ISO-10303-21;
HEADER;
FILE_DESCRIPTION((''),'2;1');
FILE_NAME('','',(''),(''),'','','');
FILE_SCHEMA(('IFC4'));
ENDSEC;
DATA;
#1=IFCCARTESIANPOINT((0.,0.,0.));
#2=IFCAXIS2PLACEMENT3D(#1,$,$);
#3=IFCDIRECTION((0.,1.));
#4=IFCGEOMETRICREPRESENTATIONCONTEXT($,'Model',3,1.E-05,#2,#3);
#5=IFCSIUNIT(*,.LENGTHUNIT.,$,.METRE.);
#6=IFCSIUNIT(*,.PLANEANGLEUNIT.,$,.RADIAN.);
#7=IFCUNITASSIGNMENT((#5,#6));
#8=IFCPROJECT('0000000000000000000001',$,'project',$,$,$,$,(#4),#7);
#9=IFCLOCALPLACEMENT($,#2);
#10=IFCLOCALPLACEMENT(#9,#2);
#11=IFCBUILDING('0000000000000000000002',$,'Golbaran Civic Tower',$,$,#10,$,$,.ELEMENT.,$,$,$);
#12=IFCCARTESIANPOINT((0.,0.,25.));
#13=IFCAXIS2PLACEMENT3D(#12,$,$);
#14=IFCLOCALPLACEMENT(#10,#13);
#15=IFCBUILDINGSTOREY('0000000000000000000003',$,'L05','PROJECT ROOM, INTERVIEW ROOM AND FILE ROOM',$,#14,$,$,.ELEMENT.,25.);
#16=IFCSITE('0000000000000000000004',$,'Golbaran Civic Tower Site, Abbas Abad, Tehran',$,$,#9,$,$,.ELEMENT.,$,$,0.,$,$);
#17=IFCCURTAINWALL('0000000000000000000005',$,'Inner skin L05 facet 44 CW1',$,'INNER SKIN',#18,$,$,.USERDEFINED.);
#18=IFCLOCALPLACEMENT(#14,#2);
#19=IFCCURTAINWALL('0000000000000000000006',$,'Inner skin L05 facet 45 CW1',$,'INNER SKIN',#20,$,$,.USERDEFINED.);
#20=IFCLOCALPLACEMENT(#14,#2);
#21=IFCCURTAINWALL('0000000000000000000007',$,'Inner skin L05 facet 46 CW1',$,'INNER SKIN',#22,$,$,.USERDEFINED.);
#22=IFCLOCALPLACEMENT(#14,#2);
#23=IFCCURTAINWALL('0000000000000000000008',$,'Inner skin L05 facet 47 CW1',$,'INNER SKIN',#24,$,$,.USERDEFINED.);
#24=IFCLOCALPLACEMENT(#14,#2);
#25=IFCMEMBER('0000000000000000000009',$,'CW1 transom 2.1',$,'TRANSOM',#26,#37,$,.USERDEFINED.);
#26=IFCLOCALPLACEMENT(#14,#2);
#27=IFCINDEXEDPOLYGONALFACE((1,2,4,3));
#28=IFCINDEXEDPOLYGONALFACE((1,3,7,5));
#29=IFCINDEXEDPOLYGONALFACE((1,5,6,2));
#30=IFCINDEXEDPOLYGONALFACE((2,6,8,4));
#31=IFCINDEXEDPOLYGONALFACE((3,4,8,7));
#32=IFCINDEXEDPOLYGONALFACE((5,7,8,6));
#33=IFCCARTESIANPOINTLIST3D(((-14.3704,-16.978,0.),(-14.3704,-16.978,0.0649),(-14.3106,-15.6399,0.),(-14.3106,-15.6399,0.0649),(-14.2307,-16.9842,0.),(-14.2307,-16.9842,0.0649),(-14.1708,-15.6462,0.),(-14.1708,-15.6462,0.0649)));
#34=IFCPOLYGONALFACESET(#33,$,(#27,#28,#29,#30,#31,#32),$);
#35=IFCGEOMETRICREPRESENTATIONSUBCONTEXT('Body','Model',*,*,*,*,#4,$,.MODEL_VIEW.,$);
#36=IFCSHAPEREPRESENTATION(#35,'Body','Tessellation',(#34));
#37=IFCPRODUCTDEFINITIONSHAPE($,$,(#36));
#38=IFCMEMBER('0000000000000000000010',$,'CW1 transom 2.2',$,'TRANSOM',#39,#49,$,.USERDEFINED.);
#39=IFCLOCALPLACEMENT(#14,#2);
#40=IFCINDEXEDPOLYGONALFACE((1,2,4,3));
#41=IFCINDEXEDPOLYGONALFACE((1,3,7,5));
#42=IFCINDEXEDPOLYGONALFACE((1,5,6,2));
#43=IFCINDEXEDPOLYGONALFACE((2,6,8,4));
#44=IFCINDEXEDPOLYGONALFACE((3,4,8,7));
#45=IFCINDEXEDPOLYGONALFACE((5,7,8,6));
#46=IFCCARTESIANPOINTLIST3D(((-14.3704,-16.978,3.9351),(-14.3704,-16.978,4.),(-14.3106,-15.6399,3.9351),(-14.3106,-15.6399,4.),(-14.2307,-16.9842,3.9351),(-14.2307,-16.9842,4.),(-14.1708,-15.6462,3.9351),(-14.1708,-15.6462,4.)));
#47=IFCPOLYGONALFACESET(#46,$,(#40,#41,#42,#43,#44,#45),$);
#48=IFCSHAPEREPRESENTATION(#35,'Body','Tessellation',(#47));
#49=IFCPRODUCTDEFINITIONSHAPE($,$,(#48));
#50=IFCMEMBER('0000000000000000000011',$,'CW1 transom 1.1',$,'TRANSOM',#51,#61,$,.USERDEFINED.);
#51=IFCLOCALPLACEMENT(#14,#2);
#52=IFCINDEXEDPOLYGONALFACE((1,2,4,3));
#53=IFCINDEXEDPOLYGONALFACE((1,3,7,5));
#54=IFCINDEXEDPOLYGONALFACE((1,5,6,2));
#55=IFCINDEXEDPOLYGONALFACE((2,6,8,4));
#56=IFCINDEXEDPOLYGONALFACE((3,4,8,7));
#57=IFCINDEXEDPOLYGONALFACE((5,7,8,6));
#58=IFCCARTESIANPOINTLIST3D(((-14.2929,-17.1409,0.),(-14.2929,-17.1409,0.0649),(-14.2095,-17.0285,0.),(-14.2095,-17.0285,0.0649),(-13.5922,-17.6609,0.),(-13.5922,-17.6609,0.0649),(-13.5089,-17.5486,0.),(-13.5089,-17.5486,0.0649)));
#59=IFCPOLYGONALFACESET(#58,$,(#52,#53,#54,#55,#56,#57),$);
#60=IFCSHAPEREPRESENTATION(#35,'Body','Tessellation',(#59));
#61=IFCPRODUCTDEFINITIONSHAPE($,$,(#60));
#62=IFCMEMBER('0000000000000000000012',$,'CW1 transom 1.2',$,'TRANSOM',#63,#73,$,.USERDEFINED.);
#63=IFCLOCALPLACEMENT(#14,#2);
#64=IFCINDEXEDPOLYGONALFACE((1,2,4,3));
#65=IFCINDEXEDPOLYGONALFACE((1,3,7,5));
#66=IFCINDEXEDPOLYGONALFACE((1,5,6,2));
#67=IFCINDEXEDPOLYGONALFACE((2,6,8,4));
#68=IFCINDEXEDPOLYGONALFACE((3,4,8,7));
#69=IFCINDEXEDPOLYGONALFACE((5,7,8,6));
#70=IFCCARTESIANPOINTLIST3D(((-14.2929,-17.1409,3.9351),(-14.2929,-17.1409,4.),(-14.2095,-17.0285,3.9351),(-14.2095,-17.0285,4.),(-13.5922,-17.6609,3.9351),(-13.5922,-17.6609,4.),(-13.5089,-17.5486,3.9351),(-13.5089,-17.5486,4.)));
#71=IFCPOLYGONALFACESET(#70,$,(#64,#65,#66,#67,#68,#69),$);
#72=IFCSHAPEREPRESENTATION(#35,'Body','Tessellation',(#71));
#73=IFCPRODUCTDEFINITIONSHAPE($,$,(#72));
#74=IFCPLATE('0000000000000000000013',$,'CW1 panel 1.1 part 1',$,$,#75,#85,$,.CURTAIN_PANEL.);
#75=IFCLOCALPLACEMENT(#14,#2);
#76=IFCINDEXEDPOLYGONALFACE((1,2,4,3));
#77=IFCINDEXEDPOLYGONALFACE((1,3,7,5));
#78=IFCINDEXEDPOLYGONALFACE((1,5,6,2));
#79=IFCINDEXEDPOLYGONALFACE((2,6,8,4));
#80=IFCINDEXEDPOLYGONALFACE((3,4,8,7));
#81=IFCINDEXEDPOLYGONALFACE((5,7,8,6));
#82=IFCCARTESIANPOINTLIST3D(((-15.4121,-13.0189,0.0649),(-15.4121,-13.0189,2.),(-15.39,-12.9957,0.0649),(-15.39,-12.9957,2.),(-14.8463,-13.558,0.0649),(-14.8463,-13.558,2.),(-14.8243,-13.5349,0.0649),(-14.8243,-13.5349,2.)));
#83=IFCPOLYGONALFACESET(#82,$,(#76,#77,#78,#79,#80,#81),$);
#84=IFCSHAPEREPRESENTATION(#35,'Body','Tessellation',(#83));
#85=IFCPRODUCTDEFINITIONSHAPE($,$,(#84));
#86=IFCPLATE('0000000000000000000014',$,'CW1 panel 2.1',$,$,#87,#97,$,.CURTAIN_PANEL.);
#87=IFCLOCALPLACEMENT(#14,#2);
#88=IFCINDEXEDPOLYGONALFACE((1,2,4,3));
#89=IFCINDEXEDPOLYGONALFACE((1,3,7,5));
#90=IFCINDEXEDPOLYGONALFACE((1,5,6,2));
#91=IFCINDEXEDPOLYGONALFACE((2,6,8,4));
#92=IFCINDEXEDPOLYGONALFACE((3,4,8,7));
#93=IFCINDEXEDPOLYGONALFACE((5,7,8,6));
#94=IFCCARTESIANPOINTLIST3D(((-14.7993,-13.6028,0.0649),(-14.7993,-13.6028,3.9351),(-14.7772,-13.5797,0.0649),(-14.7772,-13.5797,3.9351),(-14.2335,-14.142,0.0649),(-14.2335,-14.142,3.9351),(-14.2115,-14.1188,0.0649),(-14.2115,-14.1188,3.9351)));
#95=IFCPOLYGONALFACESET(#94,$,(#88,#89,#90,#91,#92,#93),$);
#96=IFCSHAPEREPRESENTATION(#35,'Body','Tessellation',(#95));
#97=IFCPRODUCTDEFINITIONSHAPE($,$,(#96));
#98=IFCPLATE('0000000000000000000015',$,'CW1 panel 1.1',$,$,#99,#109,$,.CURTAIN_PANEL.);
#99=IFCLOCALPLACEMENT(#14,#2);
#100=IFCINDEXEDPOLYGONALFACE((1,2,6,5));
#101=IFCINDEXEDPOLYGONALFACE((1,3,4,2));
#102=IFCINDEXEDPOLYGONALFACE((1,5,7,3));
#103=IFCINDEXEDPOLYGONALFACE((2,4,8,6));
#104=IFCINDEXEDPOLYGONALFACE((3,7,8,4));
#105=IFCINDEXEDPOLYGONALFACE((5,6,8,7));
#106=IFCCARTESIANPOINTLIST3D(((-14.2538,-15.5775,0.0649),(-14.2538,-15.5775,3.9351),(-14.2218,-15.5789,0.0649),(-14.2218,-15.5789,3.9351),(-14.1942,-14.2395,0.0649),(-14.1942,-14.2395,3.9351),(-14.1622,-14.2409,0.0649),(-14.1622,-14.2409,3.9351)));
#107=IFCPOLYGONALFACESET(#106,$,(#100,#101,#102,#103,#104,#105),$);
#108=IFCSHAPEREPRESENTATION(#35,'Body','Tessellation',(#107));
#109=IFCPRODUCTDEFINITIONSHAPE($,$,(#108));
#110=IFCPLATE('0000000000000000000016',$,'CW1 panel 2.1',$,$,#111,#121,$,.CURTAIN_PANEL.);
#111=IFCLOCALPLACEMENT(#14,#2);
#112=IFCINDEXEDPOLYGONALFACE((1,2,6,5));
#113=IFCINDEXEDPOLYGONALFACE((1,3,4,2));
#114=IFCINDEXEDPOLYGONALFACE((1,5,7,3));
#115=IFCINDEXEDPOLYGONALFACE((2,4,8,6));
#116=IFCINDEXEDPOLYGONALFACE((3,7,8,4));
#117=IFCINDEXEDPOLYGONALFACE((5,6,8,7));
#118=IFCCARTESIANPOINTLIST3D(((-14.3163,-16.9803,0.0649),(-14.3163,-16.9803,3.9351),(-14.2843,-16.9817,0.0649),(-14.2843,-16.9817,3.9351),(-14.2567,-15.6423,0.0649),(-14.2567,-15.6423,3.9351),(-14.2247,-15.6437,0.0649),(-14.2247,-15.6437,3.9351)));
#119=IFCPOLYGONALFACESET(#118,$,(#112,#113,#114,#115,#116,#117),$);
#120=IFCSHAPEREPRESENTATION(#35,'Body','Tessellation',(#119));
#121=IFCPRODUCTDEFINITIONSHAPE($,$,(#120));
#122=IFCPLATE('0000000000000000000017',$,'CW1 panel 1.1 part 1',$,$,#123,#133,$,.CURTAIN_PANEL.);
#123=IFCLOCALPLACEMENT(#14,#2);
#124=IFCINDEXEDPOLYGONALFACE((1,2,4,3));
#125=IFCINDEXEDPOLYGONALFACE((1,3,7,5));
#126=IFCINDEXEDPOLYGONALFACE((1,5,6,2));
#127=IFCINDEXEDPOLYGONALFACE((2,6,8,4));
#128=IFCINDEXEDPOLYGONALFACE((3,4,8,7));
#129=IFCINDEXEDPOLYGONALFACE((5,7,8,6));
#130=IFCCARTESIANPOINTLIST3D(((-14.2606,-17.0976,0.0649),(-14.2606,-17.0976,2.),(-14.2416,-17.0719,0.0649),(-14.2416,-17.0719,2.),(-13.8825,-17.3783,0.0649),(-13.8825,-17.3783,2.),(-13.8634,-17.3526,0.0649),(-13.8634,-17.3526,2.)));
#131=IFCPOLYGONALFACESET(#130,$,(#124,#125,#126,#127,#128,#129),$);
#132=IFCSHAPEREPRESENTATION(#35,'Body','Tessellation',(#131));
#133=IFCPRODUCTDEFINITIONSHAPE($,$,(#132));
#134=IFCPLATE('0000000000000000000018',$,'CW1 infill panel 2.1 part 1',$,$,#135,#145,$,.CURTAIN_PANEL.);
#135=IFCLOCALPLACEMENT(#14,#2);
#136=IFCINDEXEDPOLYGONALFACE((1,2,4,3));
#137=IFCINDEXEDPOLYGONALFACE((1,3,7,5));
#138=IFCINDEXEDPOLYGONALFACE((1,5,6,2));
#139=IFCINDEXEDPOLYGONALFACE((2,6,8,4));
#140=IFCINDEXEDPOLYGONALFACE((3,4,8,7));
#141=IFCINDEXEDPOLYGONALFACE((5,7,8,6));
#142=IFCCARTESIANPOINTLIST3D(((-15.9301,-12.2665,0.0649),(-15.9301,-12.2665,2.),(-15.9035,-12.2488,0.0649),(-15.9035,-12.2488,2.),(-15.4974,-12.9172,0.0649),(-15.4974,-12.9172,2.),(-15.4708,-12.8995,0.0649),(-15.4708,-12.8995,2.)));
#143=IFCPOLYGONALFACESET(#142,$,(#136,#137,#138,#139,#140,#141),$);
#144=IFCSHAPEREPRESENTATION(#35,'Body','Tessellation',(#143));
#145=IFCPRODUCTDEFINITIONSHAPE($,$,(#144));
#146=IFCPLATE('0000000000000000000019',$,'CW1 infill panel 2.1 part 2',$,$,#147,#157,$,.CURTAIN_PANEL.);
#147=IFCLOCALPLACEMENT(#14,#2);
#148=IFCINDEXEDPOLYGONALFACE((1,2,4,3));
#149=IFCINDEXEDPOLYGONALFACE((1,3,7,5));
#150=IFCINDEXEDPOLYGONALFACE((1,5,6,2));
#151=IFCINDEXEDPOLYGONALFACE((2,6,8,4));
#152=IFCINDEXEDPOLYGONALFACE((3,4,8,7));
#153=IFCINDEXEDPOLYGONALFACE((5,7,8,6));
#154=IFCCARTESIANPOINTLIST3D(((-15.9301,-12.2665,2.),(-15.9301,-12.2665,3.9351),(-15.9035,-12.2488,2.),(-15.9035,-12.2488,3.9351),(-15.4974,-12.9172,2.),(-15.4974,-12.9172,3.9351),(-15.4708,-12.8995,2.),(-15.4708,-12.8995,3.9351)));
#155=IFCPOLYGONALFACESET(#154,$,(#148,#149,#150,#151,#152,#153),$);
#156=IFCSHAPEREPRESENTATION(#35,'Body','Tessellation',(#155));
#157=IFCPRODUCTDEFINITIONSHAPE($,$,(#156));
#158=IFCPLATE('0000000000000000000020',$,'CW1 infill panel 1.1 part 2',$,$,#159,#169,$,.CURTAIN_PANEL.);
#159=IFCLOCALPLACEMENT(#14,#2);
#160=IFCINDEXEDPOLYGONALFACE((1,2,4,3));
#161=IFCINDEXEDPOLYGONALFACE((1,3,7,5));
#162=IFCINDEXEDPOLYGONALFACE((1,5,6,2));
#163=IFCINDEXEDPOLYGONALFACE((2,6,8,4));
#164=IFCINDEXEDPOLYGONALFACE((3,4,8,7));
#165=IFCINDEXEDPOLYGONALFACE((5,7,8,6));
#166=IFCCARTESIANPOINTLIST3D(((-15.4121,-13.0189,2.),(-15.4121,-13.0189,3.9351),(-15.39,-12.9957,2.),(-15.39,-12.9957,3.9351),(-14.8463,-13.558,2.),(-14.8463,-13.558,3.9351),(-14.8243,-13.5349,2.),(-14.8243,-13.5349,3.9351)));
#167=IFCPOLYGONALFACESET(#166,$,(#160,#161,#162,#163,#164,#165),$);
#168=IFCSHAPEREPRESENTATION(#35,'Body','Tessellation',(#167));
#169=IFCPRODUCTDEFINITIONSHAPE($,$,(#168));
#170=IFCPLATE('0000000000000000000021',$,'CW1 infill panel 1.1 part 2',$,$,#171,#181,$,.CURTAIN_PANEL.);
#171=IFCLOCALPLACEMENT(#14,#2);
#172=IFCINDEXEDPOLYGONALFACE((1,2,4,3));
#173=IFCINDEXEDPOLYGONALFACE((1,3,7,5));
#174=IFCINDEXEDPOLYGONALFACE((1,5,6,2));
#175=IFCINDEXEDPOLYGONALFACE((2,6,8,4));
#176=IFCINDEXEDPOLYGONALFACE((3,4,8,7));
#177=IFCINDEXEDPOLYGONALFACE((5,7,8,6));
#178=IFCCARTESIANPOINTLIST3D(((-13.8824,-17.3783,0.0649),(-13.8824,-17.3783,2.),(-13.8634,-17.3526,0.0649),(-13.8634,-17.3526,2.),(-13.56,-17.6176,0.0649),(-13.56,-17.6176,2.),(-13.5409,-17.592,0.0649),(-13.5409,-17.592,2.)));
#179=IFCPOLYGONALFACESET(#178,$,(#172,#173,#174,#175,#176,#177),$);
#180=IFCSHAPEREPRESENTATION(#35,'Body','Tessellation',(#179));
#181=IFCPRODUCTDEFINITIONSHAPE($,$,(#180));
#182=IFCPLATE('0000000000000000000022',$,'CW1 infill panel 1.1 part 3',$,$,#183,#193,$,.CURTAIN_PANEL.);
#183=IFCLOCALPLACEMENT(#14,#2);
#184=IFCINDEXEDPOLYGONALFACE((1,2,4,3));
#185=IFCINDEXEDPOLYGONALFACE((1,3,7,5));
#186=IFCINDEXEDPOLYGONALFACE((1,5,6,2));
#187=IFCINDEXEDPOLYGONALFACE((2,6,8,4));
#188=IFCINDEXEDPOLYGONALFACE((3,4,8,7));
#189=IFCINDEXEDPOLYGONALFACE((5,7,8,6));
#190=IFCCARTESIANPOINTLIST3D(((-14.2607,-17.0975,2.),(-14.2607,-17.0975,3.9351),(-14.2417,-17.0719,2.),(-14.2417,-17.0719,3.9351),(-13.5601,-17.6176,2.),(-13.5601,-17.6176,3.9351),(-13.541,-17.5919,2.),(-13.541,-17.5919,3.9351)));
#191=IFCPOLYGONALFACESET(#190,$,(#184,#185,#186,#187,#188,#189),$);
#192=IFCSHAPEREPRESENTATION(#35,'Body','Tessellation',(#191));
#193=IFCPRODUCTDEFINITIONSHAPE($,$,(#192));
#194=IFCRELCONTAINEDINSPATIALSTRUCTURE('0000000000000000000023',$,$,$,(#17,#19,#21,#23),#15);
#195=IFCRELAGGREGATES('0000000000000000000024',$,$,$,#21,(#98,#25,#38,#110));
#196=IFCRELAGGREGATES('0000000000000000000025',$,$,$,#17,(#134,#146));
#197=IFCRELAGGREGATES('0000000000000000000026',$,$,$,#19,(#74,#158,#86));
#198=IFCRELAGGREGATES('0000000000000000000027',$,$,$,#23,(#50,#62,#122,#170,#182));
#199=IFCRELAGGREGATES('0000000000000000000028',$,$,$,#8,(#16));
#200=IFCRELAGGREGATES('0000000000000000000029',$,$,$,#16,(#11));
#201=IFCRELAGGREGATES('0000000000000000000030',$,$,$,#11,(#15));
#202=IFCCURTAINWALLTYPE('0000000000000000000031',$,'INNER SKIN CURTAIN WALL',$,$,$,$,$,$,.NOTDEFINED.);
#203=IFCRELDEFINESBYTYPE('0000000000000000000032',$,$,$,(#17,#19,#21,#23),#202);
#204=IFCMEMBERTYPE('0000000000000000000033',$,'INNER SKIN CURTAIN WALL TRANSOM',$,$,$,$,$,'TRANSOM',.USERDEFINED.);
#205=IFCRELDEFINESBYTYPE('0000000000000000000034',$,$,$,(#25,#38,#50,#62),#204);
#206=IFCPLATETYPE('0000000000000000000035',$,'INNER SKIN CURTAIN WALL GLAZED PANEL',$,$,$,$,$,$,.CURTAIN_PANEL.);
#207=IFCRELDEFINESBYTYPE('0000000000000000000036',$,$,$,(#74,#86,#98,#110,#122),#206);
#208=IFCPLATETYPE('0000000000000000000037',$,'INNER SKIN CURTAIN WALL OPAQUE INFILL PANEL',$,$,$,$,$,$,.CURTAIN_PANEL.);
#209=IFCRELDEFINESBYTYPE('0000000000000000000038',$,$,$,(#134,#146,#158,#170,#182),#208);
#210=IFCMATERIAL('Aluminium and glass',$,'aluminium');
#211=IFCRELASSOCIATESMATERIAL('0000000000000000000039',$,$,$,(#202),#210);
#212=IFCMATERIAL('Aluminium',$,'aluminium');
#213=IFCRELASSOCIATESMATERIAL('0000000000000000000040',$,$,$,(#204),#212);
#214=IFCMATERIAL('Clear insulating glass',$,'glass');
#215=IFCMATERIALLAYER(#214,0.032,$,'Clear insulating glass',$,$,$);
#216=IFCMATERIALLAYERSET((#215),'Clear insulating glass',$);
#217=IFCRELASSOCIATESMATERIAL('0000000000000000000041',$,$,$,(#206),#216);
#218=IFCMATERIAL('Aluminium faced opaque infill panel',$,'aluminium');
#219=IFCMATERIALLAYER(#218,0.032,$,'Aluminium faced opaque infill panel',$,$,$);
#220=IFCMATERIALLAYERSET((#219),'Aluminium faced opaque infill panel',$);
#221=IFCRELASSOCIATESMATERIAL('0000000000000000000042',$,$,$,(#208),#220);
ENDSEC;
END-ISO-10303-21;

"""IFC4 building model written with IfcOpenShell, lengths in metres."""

from ifc_helpers import new_model, si_unit, direction, frame, origin, origin_2d, place, context, subcontext, project, spatial, rectangle, extrude, material, layer, layer_set, material_profile, profile_set, type_object, element, aggregate, save


model = new_model("IFC4")

# Units and contexts
model_context = context("Model", 3, precision=1e-05, world=origin(), true_north=direction((0.0, 1.0)))
body_context = subcontext(model_context, "Body", "Model", "MODEL_VIEW")
ifc_project = project(units=[si_unit("LENGTHUNIT", "METRE"), si_unit("PLANEANGLEUNIT", "RADIAN")], contexts=[model_context])

# Site, building, storey
site_placement = place(None, origin())
site = spatial("IfcSite", under=ifc_project, at=site_placement, Name="Golbaran Civic Tower Site, Abbas Abad, Tehran", CompositionType="ELEMENT", RefElevation=0.0)
building_placement = place(site_placement, origin())
building = spatial("IfcBuilding", under=site, at=building_placement, Name="Golbaran Civic Tower", CompositionType="ELEMENT")
storey_placement = place(building_placement, frame((0.0, 0.0, 25.0)))
storey = spatial("IfcBuildingStorey", under=building, at=storey_placement, Name="L05", Description="PROJECT ROOM, INTERVIEW ROOM AND FILE ROOM", CompositionType="ELEMENT", Elevation=25.0)

# Curtain wall
ifc_material_1 = material(Name="Aluminium and glass", Category="aluminium")
curtain_wall_type = type_object("IfcCurtainWallType", Name="INNER SKIN CURTAIN WALL", PredefinedType="NOTDEFINED", material=ifc_material_1)
curtain_wall_1_placement = place(storey_placement, origin())
curtain_wall_1 = element("IfcCurtainWall", 1, at=curtain_wall_1_placement, inside=storey, type_object=curtain_wall_type, Name="Inner skin L05 facet 44 CW1", ObjectType="INNER SKIN", PredefinedType="USERDEFINED")
ifc_material_2 = material(Name="Aluminium", Category="aluminium")

# Curtain walls
curtain_wall_2_placement = place(storey_placement, origin())
curtain_wall_2 = element("IfcCurtainWall", 2, at=curtain_wall_2_placement, inside=storey, type_object=curtain_wall_type, Name="Inner skin L05 facet 45 CW1", ObjectType="INNER SKIN", PredefinedType="USERDEFINED")
curtain_wall_3_placement = place(storey_placement, origin())
curtain_wall_3 = element("IfcCurtainWall", 3, at=curtain_wall_3_placement, inside=storey, type_object=curtain_wall_type, Name="Inner skin L05 facet 46 CW1", ObjectType="INNER SKIN", PredefinedType="USERDEFINED")

# Curtain wall
curtain_wall_4_placement = place(storey_placement, origin())
curtain_wall_4 = element("IfcCurtainWall", 4, at=curtain_wall_4_placement, inside=storey, type_object=curtain_wall_type, Name="Inner skin L05 facet 47 CW1", ObjectType="INNER SKIN", PredefinedType="USERDEFINED")

# Members
ifc_material_profile_1 = material_profile(ifc_material_2, rectangle(XDim=0.1399, YDim=0.0649, at=origin_2d()), Name="INNER SKIN CURTAIN WALL TRANSOM")
ifc_profile_set_1 = profile_set([ifc_material_profile_1], Name="Aluminium")
member_type_1 = type_object("IfcMemberType", Name="INNER SKIN CURTAIN WALL TRANSOM", ElementType="TRANSOM", PredefinedType="USERDEFINED", material=ifc_profile_set_1)
member_1_placement = place(storey_placement, frame((-14.2407, -15.6431, 0.0325), z_axis=(-0.044655, -0.999002, 0.0), x_axis=(0.999002, -0.044655, 0.0)))
member_1 = element("IfcMember", 5, at=member_1_placement, type_object=member_type_1, Name="CW1 transom 2.1", ObjectType="TRANSOM", PredefinedType="USERDEFINED", context=body_context, shape_type="SweptSolid", body=[
    extrude(rectangle(XDim=0.1399, YDim=0.0649, at=origin_2d()), origin(), (0.0, 0.0, 1.0), 1.3394),
])
member_2_placement = place(storey_placement, frame((-14.2407, -15.6431, 3.9675), z_axis=(-0.044655, -0.999002, 0.0), x_axis=(0.999002, -0.044655, 0.0)))
member_2 = element("IfcMember", 6, at=member_2_placement, type_object=member_type_1, Name="CW1 transom 2.2", ObjectType="TRANSOM", PredefinedType="USERDEFINED", context=body_context, shape_type="SweptSolid", body=[
    extrude(rectangle(XDim=0.1399, YDim=0.0649, at=origin_2d()), origin(), (0.0, 0.0, 1.0), 1.3394),
])
member_3_placement = place(storey_placement, frame((-14.2512, -17.0847, 0.0325), z_axis=(0.803012, -0.595963, 0.0), x_axis=(0.595963, 0.803012, 0.0)))
member_3 = element("IfcMember", 7, at=member_3_placement, type_object=member_type_1, Name="CW1 transom 1.1", ObjectType="TRANSOM", PredefinedType="USERDEFINED", context=body_context, shape_type="SweptSolid", body=[
    extrude(rectangle(XDim=0.1399, YDim=0.0649, at=origin_2d()), origin(), (0.0, 0.0, 1.0), 0.8726),
])
member_4_placement = place(storey_placement, frame((-14.2512, -17.0847, 3.9675), z_axis=(0.803012, -0.595963, 0.0), x_axis=(0.595963, 0.803012, 0.0)))
member_4 = element("IfcMember", 8, at=member_4_placement, type_object=member_type_1, Name="CW1 transom 1.2", ObjectType="TRANSOM", PredefinedType="USERDEFINED", context=body_context, shape_type="SweptSolid", body=[
    extrude(rectangle(XDim=0.1399, YDim=0.0649, at=origin_2d()), origin(), (0.0, 0.0, 1.0), 0.8726),
])

# Plates
ifc_material_3 = material(Name="Clear insulating glass", Category="glass")
ifc_layer_1 = layer(ifc_material_3, 0.032, Name="Clear insulating glass")
ifc_layer_set_1 = layer_set([ifc_layer_1], Name="Clear insulating glass")
plate_type_1 = type_object("IfcPlateType", Name="INNER SKIN CURTAIN WALL GLAZED PANEL", PredefinedType="CURTAIN_PANEL", material=ifc_layer_set_1)
plate_1_placement = place(storey_placement, frame((-15.1182, -13.2769, 0.0649), z_axis=(0.0, 0.0, 1.0), x_axis=(0.7239, -0.689904, 0.0)))
plate_1 = element("IfcPlate", 9, at=plate_1_placement, type_object=plate_type_1, Name="CW1 panel 1.1 part 1", PredefinedType="CURTAIN_PANEL", context=body_context, shape_type="SweptSolid", body=[
    extrude(rectangle(XDim=0.7815, YDim=0.032, at=origin_2d()), origin(), (0.0, 0.0, 1.0), 1.9351),
])
plate_2_placement = place(storey_placement, frame((-14.5054, -13.8608, 0.0649), z_axis=(0.0, 0.0, 1.0), x_axis=(0.7239, -0.689904, 0.0)))
plate_2 = element("IfcPlate", 10, at=plate_2_placement, type_object=plate_type_1, Name="CW1 panel 2.1", PredefinedType="CURTAIN_PANEL", context=body_context, shape_type="SweptSolid", body=[
    extrude(rectangle(XDim=0.7815, YDim=0.032, at=origin_2d()), origin(), (0.0, 0.0, 1.0), 3.8701),
])
plate_3_placement = place(storey_placement, frame((-14.208, -14.9092, 0.0649), z_axis=(0.0, 0.0, 1.0), x_axis=(-0.044524, -0.999008, 0.0)))
plate_3 = element("IfcPlate", 11, at=plate_3_placement, type_object=plate_type_1, Name="CW1 panel 1.1", PredefinedType="CURTAIN_PANEL", context=body_context, shape_type="SweptSolid", body=[
    extrude(rectangle(XDim=1.3394, YDim=0.032, at=origin_2d()), origin(), (0.0, 0.0, 1.0), 3.8701),
])
plate_4_placement = place(storey_placement, frame((-14.2705, -16.312, 0.0649), z_axis=(0.0, 0.0, 1.0), x_axis=(-0.044524, -0.999008, 0.0)))
plate_4 = element("IfcPlate", 12, at=plate_4_placement, type_object=plate_type_1, Name="CW1 panel 2.1", PredefinedType="CURTAIN_PANEL", context=body_context, shape_type="SweptSolid", body=[
    extrude(rectangle(XDim=1.3394, YDim=0.032, at=origin_2d()), origin(), (0.0, 0.0, 1.0), 3.8701),
])
aggregate(curtain_wall_3, [plate_3, member_1, member_2, plate_4])
plate_5_placement = place(storey_placement, frame((-14.062, -17.2251, 0.0649), z_axis=(0.0, 0.0, 1.0), x_axis=(0.80297, -0.596019, 0.0)))
plate_5 = element("IfcPlate", 13, at=plate_5_placement, type_object=plate_type_1, Name="CW1 panel 1.1 part 1", PredefinedType="CURTAIN_PANEL", context=body_context, shape_type="SweptSolid", body=[
    extrude(rectangle(XDim=0.4709, YDim=0.032, at=origin_2d()), origin(), (0.0, 0.0, 1.0), 1.9351),
])
ifc_material_4 = material(Name="Aluminium faced opaque infill panel", Category="aluminium")
ifc_layer_2 = layer(ifc_material_4, 0.032, Name="Aluminium faced opaque infill panel")
ifc_layer_set_2 = layer_set([ifc_layer_2], Name="Aluminium faced opaque infill panel")
plate_type_2 = type_object("IfcPlateType", Name="INNER SKIN CURTAIN WALL OPAQUE INFILL PANEL", PredefinedType="CURTAIN_PANEL", material=ifc_layer_set_2)
plate_6_placement = place(storey_placement, frame((-15.7004, -12.583, 0.0649), z_axis=(0.0, 0.0, 1.0), x_axis=(0.553719, -0.832703, 0.0)))
plate_6 = element("IfcPlate", 14, at=plate_6_placement, type_object=plate_type_2, Name="CW1 infill panel 2.1 part 1", PredefinedType="CURTAIN_PANEL", context=body_context, shape_type="SweptSolid", body=[
    extrude(rectangle(XDim=0.7815, YDim=0.032, at=origin_2d()), origin(), (0.0, 0.0, 1.0), 1.9351),
])
plate_7_placement = place(storey_placement, frame((-15.7004, -12.583, 2.0), z_axis=(0.0, 0.0, 1.0), x_axis=(0.553719, -0.832703, 0.0)))
plate_7 = element("IfcPlate", 15, at=plate_7_placement, type_object=plate_type_2, Name="CW1 infill panel 2.1 part 2", PredefinedType="CURTAIN_PANEL", context=body_context, shape_type="SweptSolid", body=[
    extrude(rectangle(XDim=0.7815, YDim=0.032, at=origin_2d()), origin(), (0.0, 0.0, 1.0), 1.9351),
])
aggregate(curtain_wall_1, [plate_6, plate_7])
plate_8_placement = place(storey_placement, frame((-15.1182, -13.2769, 2.0), z_axis=(0.0, 0.0, 1.0), x_axis=(0.7239, -0.689904, 0.0)))
plate_8 = element("IfcPlate", 16, at=plate_8_placement, type_object=plate_type_2, Name="CW1 infill panel 1.1 part 2", PredefinedType="CURTAIN_PANEL", context=body_context, shape_type="SweptSolid", body=[
    extrude(rectangle(XDim=0.7815, YDim=0.032, at=origin_2d()), origin(), (0.0, 0.0, 1.0), 1.9351),
])
aggregate(curtain_wall_2, [plate_1, plate_8, plate_2])
plate_9_placement = place(storey_placement, frame((-13.7117, -17.4851, 0.0649), z_axis=(0.0, 0.0, 1.0), x_axis=(0.80297, -0.596019, 0.0)))
plate_9 = element("IfcPlate", 17, at=plate_9_placement, type_object=plate_type_2, Name="CW1 infill panel 1.1 part 2", PredefinedType="CURTAIN_PANEL", context=body_context, shape_type="SweptSolid", body=[
    extrude(rectangle(XDim=0.4016, YDim=0.032, at=origin_2d()), origin(), (0.0, 0.0, 1.0), 1.9351),
])
plate_10_placement = place(storey_placement, frame((-13.9009, -17.3447, 2.0), z_axis=(0.0, 0.0, 1.0), x_axis=(0.80297, -0.596019, 0.0)))
plate_10 = element("IfcPlate", 18, at=plate_10_placement, type_object=plate_type_2, Name="CW1 infill panel 1.1 part 3", PredefinedType="CURTAIN_PANEL", context=body_context, shape_type="SweptSolid", body=[
    extrude(rectangle(XDim=0.8726, YDim=0.032, at=origin_2d()), origin(), (0.0, 0.0, 1.0), 1.9351),
])
aggregate(curtain_wall_4, [member_3, member_4, plate_5, plate_9, plate_10])

save(model, "model.ifc")
